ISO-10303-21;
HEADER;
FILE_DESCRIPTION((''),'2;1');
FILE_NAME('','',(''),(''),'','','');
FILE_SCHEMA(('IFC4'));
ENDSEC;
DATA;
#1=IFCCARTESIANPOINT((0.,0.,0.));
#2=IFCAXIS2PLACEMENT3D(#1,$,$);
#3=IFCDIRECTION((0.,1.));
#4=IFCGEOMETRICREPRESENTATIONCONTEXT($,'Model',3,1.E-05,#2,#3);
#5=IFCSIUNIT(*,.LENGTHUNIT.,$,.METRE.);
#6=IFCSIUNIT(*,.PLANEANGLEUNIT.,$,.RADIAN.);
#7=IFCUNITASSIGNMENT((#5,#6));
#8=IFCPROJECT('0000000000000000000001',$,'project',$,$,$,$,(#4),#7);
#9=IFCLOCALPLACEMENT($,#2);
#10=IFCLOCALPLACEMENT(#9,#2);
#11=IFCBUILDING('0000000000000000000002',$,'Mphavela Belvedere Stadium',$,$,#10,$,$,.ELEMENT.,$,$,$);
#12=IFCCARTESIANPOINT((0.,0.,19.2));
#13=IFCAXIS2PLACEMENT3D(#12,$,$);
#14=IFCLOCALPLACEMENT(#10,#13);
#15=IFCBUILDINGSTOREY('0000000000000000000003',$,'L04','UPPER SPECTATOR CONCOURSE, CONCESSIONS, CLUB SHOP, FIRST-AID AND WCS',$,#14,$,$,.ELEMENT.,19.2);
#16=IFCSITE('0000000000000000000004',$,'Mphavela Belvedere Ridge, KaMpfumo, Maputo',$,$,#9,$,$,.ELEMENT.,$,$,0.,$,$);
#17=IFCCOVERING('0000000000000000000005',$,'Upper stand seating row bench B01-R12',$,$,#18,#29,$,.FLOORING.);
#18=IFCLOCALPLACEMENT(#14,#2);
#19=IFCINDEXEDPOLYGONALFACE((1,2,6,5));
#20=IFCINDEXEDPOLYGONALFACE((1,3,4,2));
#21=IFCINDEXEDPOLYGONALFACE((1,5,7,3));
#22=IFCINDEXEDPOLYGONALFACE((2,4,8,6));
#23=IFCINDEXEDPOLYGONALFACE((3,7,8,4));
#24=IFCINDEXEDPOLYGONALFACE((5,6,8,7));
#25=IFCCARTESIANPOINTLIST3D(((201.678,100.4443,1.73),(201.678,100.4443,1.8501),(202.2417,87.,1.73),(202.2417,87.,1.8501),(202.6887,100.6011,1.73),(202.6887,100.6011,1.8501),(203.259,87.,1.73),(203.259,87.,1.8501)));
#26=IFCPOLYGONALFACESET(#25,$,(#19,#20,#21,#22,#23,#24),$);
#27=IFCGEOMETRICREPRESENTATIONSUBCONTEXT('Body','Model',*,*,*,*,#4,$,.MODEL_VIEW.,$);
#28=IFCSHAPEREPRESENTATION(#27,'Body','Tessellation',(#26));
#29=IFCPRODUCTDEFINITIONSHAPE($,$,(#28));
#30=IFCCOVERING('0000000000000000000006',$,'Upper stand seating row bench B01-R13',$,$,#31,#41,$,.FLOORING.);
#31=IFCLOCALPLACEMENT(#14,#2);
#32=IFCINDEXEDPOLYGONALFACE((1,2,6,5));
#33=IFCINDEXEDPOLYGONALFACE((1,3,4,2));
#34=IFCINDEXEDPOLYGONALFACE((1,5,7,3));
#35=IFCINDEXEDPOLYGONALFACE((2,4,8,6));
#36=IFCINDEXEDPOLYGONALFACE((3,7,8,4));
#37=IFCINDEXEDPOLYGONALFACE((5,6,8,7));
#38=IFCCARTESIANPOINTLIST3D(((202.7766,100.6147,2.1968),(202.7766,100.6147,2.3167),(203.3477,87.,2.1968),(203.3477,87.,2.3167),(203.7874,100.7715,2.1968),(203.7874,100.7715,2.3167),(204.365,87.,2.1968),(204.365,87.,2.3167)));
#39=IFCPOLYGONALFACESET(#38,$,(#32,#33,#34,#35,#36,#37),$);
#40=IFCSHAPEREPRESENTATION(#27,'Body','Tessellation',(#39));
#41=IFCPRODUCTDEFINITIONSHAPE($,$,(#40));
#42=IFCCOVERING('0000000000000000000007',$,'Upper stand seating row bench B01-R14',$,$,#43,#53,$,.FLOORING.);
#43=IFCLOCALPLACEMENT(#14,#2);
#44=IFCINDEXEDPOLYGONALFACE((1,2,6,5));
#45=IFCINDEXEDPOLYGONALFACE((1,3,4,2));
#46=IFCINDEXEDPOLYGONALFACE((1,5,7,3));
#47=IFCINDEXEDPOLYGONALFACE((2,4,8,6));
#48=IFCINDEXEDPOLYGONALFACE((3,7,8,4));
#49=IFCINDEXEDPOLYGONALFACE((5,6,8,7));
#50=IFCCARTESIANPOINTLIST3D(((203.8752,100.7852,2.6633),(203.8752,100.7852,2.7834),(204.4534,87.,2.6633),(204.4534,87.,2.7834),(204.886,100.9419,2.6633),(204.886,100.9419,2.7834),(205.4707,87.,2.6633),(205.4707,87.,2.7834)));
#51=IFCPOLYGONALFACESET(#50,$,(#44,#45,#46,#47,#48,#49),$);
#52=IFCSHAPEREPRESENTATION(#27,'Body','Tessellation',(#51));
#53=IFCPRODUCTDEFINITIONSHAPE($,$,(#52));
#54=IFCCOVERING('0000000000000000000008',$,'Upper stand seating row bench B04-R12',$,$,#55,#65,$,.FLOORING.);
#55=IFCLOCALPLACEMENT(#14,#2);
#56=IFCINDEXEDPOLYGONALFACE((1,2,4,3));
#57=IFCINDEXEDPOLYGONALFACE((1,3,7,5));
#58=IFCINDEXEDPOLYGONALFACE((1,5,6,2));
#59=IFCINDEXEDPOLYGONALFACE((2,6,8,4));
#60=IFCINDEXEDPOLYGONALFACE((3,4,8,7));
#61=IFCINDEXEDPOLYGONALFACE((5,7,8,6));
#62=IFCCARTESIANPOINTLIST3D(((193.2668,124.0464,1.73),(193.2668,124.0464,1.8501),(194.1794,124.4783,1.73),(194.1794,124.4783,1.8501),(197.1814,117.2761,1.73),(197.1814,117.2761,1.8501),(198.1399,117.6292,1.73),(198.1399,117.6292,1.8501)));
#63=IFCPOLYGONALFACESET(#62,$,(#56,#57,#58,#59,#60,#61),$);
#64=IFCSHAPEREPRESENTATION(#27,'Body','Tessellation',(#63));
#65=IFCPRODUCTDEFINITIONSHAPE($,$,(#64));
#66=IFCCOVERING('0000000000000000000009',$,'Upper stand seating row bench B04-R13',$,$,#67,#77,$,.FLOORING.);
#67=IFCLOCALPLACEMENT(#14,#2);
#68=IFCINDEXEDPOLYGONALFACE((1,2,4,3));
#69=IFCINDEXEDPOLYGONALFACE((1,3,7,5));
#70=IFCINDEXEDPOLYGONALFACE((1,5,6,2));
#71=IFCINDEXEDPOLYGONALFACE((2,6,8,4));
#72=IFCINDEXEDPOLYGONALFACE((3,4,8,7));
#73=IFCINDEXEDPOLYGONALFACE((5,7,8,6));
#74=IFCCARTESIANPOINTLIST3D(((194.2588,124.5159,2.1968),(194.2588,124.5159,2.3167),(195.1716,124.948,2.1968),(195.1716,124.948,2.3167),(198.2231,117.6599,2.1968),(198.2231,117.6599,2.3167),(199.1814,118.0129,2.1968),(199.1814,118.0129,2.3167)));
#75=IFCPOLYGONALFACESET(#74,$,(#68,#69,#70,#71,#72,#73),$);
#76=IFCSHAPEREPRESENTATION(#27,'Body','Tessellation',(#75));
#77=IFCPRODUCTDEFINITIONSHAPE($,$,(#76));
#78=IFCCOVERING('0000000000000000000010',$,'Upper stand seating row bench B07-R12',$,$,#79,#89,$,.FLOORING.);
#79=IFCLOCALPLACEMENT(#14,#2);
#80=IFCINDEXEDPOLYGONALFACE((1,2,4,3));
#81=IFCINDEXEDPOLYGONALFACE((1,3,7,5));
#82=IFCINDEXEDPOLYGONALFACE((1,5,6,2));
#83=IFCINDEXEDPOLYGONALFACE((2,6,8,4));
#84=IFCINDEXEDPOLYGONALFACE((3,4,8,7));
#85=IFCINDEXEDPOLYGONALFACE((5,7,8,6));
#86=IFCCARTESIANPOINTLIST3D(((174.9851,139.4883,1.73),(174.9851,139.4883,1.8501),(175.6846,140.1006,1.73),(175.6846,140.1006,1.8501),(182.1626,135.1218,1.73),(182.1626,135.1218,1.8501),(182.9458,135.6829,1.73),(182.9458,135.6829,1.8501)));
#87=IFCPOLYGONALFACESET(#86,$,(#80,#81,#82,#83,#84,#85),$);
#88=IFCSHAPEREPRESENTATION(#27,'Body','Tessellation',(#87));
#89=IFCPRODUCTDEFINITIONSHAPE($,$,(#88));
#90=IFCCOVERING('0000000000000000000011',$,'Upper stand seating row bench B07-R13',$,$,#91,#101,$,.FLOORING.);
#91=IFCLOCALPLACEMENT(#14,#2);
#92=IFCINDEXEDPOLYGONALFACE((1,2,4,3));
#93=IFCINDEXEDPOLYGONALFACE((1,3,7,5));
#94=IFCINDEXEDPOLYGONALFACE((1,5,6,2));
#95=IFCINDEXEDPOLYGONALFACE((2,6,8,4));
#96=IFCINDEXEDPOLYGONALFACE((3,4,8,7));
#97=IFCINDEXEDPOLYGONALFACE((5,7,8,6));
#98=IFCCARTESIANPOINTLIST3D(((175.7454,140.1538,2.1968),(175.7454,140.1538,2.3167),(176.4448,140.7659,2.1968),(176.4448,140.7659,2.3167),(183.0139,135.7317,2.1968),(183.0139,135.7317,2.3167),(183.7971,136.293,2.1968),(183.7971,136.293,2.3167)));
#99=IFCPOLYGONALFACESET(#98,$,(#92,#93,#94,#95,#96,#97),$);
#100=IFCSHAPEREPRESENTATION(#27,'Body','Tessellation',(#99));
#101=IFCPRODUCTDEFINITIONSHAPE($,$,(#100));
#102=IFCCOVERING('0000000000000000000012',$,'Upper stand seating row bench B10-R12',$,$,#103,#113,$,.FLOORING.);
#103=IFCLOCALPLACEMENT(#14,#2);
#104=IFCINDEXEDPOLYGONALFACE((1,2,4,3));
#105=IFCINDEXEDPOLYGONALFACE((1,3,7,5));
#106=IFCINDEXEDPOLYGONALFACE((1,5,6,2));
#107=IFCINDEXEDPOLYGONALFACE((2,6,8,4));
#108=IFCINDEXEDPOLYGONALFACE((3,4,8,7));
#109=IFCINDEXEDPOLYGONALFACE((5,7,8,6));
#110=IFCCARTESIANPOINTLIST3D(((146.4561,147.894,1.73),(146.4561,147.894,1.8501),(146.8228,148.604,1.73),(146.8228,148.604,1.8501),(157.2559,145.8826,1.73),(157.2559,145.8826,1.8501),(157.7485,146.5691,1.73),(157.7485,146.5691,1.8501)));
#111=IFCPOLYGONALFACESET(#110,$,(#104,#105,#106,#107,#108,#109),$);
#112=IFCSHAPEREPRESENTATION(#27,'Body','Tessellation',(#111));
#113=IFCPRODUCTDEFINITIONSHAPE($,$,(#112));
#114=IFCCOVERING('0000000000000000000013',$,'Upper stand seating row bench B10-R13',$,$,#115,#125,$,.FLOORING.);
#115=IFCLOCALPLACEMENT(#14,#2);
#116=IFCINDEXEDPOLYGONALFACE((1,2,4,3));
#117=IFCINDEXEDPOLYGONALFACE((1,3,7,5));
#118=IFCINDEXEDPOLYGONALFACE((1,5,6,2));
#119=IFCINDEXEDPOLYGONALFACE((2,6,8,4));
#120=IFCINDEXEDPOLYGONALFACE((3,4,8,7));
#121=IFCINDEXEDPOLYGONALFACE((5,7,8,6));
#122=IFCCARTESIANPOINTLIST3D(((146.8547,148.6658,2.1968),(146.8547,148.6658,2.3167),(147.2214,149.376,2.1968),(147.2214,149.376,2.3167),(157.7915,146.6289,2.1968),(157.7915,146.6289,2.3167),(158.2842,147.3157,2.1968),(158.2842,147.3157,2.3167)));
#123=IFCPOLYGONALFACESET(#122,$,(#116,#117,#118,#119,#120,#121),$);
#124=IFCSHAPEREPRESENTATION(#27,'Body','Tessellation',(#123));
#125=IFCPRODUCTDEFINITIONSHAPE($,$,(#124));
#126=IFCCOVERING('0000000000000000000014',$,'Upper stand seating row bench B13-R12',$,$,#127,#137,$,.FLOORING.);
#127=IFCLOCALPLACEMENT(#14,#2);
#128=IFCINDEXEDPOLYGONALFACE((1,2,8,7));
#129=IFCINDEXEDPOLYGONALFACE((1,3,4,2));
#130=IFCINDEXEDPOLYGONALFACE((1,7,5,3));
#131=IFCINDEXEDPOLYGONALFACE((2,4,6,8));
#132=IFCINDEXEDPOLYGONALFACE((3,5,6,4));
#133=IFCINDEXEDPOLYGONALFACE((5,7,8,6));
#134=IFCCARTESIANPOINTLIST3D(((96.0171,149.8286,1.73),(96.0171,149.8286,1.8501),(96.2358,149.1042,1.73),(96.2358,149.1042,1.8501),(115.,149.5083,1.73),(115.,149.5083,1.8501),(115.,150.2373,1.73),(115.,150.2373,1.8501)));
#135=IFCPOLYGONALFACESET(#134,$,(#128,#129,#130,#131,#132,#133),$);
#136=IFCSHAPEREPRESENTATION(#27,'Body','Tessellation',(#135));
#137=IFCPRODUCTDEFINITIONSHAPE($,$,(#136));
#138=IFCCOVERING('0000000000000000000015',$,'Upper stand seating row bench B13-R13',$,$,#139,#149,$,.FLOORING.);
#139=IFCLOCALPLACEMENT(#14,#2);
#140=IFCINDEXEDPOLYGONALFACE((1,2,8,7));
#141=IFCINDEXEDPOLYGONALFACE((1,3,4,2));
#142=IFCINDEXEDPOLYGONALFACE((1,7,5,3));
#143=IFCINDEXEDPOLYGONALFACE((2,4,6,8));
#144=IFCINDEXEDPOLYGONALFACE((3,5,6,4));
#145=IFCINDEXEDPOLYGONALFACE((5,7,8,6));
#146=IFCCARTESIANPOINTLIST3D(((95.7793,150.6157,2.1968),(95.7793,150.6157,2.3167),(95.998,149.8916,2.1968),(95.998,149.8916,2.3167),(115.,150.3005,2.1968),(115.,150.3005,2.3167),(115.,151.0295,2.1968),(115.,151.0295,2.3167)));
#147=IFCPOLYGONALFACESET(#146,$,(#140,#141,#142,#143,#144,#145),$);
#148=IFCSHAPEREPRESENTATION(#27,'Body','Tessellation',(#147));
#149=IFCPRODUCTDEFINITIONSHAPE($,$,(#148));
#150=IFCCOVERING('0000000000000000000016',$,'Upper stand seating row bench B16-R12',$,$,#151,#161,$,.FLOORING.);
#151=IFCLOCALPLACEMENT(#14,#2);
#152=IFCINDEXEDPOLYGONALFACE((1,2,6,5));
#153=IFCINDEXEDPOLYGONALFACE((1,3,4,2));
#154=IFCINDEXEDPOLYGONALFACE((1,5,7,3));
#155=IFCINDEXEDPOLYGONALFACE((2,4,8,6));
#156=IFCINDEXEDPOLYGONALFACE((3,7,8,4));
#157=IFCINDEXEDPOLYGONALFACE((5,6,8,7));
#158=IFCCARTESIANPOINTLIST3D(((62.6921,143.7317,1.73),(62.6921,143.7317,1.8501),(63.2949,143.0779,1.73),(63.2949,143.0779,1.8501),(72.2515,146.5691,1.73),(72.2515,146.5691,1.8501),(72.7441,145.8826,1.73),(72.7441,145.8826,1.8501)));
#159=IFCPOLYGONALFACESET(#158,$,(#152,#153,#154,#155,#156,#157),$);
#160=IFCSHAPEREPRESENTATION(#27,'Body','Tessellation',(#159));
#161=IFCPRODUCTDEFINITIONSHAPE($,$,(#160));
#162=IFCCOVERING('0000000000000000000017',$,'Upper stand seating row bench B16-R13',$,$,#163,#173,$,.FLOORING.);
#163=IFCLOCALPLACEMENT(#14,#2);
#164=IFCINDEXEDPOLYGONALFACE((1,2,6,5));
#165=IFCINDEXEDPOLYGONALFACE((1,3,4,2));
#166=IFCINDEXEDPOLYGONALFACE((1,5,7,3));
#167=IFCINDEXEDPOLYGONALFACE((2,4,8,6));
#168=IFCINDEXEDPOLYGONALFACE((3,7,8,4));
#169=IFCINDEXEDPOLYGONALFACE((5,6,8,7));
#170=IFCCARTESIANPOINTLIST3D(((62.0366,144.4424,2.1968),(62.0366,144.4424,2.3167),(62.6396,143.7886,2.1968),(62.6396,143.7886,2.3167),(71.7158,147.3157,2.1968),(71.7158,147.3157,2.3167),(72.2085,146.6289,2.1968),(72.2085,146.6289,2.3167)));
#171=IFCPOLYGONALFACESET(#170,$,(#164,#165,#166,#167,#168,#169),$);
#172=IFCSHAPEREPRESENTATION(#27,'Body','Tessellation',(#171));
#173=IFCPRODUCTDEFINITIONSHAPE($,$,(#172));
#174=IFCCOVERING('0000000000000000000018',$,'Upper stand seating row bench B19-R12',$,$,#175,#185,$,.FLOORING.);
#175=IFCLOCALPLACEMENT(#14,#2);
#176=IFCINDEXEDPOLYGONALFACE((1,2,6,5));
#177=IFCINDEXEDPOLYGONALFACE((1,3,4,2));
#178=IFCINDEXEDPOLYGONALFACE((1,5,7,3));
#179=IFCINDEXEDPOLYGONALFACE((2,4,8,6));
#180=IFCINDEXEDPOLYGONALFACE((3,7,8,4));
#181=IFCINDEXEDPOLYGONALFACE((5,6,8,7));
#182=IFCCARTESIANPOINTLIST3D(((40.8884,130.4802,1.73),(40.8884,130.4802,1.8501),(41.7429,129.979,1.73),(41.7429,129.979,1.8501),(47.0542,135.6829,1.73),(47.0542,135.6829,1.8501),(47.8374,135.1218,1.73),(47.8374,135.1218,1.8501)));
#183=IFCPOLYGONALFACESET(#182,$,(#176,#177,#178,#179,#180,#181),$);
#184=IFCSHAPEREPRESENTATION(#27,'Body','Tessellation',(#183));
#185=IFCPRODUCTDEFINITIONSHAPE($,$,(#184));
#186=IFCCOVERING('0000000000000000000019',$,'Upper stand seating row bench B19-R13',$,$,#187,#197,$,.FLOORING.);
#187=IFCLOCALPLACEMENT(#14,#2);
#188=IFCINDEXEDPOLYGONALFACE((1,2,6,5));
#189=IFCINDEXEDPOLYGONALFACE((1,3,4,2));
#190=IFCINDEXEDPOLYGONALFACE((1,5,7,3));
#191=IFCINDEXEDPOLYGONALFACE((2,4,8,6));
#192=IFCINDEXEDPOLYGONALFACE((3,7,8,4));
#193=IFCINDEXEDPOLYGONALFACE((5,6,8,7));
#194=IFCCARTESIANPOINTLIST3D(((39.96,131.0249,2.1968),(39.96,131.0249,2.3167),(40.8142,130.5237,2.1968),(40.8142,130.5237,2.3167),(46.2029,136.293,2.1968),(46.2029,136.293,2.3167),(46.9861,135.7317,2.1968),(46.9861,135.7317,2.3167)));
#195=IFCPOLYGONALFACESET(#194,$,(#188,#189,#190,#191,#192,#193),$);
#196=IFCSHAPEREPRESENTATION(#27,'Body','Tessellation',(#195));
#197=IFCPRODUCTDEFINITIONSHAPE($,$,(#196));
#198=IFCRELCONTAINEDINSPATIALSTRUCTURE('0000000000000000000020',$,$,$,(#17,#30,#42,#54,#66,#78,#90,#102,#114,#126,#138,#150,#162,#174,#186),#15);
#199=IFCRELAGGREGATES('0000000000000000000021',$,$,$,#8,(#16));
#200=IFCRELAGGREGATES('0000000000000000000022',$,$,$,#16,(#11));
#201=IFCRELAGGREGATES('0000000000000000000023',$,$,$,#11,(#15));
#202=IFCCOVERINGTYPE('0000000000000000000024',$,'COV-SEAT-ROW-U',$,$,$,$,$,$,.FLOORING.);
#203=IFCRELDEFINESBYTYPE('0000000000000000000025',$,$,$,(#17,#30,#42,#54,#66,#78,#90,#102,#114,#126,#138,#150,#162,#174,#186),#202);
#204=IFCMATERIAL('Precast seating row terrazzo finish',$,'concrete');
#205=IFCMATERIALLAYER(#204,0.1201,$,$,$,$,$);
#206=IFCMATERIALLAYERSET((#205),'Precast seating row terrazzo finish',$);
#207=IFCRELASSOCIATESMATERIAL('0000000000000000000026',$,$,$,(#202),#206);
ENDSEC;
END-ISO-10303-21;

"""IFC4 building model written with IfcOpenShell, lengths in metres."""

from ifc_helpers import new_model, si_unit, direction, frame, origin, place, context, subcontext, project, spatial, polyline, outline, extrude, material, layer, layer_set, type_object, element, save


model = new_model("IFC4")

# Units and contexts
model_context = context("Model", 3, precision=1e-05, world=origin(), true_north=direction((0.0, 1.0)))
body_context = subcontext(model_context, "Body", "Model", "MODEL_VIEW")
ifc_project = project(units=[si_unit("LENGTHUNIT", "METRE"), si_unit("PLANEANGLEUNIT", "RADIAN")], contexts=[model_context])

# Site, building, storey
site_placement = place(None, origin())
site = spatial("IfcSite", under=ifc_project, at=site_placement, Name="Mphavela Belvedere Ridge, KaMpfumo, Maputo", CompositionType="ELEMENT", RefElevation=0.0)
building_placement = place(site_placement, origin())
building = spatial("IfcBuilding", under=site, at=building_placement, Name="Mphavela Belvedere Stadium", CompositionType="ELEMENT")
storey_placement = place(building_placement, frame((0.0, 0.0, 19.2)))
storey = spatial("IfcBuildingStorey", under=building, at=storey_placement, Name="L04", Description="UPPER SPECTATOR CONCOURSE, CONCESSIONS, CLUB SHOP, FIRST-AID AND WCS", CompositionType="ELEMENT", Elevation=19.2)

# Coverings
ifc_material = material(Name="Precast seating row terrazzo finish", Category="concrete")
ifc_layer = layer(ifc_material, 0.1201)
ifc_layer_set = layer_set([ifc_layer], Name="Precast seating row terrazzo finish")
covering_type = type_object("IfcCoveringType", Name="COV-SEAT-ROW-U", PredefinedType="FLOORING", material=ifc_layer_set)
covering_1_placement = place(storey_placement, frame((0.0, 0.0, 1.73)))
element("IfcCovering", 1, at=covering_1_placement, inside=storey, type_object=covering_type, Name="Upper stand seating row bench B01-R12", PredefinedType="FLOORING", context=body_context, shape_type="SweptSolid", body=[
    extrude(outline(polyline([(202.2417, 87.0), (201.678, 100.4443), (202.6887, 100.6011), (203.259, 87.0), (202.2417, 87.0)])), origin(), (0.0, 0.0, 1.0), 0.1201),
])
covering_2_placement = place(storey_placement, frame((0.0, 0.0, 2.1968)))
element("IfcCovering", 2, at=covering_2_placement, inside=storey, type_object=covering_type, Name="Upper stand seating row bench B01-R13", PredefinedType="FLOORING", context=body_context, shape_type="SweptSolid", body=[
    extrude(outline(polyline([(203.3477, 87.0), (202.7766, 100.6147), (203.7874, 100.7715), (204.365, 87.0), (203.3477, 87.0)])), origin(), (0.0, 0.0, 1.0), 0.1199),
])
covering_3_placement = place(storey_placement, frame((0.0, 0.0, 2.6633)))
element("IfcCovering", 3, at=covering_3_placement, inside=storey, type_object=covering_type, Name="Upper stand seating row bench B01-R14", PredefinedType="FLOORING", context=body_context, shape_type="SweptSolid", body=[
    extrude(outline(polyline([(204.4534, 87.0), (203.8752, 100.7852), (204.886, 100.9419), (205.4707, 87.0), (204.4534, 87.0)])), origin(), (0.0, 0.0, 1.0), 0.1201),
])
covering_4_placement = place(storey_placement, frame((0.0, 0.0, 1.73)))
element("IfcCovering", 4, at=covering_4_placement, inside=storey, type_object=covering_type, Name="Upper stand seating row bench B04-R12", PredefinedType="FLOORING", context=body_context, shape_type="SweptSolid", body=[
    extrude(outline(polyline([(197.1814, 117.2761), (193.2668, 124.0464), (194.1794, 124.4783), (198.1399, 117.6292), (197.1814, 117.2761)])), origin(), (0.0, 0.0, 1.0), 0.1201),
])
covering_5_placement = place(storey_placement, frame((0.0, 0.0, 2.1968)))
element("IfcCovering", 5, at=covering_5_placement, inside=storey, type_object=covering_type, Name="Upper stand seating row bench B04-R13", PredefinedType="FLOORING", context=body_context, shape_type="SweptSolid", body=[
    extrude(outline(polyline([(198.2231, 117.6599), (194.2588, 124.5159), (195.1716, 124.948), (199.1814, 118.0129), (198.2231, 117.6599)])), origin(), (0.0, 0.0, 1.0), 0.1199),
])
covering_6_placement = place(storey_placement, frame((0.0, 0.0, 1.73)))
element("IfcCovering", 6, at=covering_6_placement, inside=storey, type_object=covering_type, Name="Upper stand seating row bench B07-R12", PredefinedType="FLOORING", context=body_context, shape_type="SweptSolid", body=[
    extrude(outline(polyline([(182.1626, 135.1218), (174.9851, 139.4883), (175.6846, 140.1006), (182.9458, 135.6829), (182.1626, 135.1218)])), origin(), (0.0, 0.0, 1.0), 0.1201),
])
covering_7_placement = place(storey_placement, frame((0.0, 0.0, 2.1968)))
element("IfcCovering", 7, at=covering_7_placement, inside=storey, type_object=covering_type, Name="Upper stand seating row bench B07-R13", PredefinedType="FLOORING", context=body_context, shape_type="SweptSolid", body=[
    extrude(outline(polyline([(183.0139, 135.7317), (175.7454, 140.1538), (176.4448, 140.7659), (183.7971, 136.293), (183.0139, 135.7317)])), origin(), (0.0, 0.0, 1.0), 0.1199),
])
covering_8_placement = place(storey_placement, frame((0.0, 0.0, 1.73)))
element("IfcCovering", 8, at=covering_8_placement, inside=storey, type_object=covering_type, Name="Upper stand seating row bench B10-R12", PredefinedType="FLOORING", context=body_context, shape_type="SweptSolid", body=[
    extrude(outline(polyline([(157.2559, 145.8826), (146.4561, 147.894), (146.8228, 148.604), (157.7485, 146.5691), (157.2559, 145.8826)])), origin(), (0.0, 0.0, 1.0), 0.1201),
])
covering_9_placement = place(storey_placement, frame((0.0, 0.0, 2.1968)))
element("IfcCovering", 9, at=covering_9_placement, inside=storey, type_object=covering_type, Name="Upper stand seating row bench B10-R13", PredefinedType="FLOORING", context=body_context, shape_type="SweptSolid", body=[
    extrude(outline(polyline([(157.7915, 146.6289), (146.8547, 148.6658), (147.2214, 149.376), (158.2842, 147.3157), (157.7915, 146.6289)])), origin(), (0.0, 0.0, 1.0), 0.1199),
])
covering_10_placement = place(storey_placement, frame((0.0, 0.0, 1.73)))
element("IfcCovering", 10, at=covering_10_placement, inside=storey, type_object=covering_type, Name="Upper stand seating row bench B13-R12", PredefinedType="FLOORING", context=body_context, shape_type="SweptSolid", body=[
    extrude(outline(polyline([(115.0, 149.5083), (96.2358, 149.1042), (96.0171, 149.8286), (115.0, 150.2373), (115.0, 149.5083)])), origin(), (0.0, 0.0, 1.0), 0.1201),
])
covering_11_placement = place(storey_placement, frame((0.0, 0.0, 2.1968)))
element("IfcCovering", 11, at=covering_11_placement, inside=storey, type_object=covering_type, Name="Upper stand seating row bench B13-R13", PredefinedType="FLOORING", context=body_context, shape_type="SweptSolid", body=[
    extrude(outline(polyline([(115.0, 150.3005), (95.998, 149.8916), (95.7793, 150.6157), (115.0, 151.0295), (115.0, 150.3005)])), origin(), (0.0, 0.0, 1.0), 0.1199),
])
covering_12_placement = place(storey_placement, frame((0.0, 0.0, 1.73)))
element("IfcCovering", 12, at=covering_12_placement, inside=storey, type_object=covering_type, Name="Upper stand seating row bench B16-R12", PredefinedType="FLOORING", context=body_context, shape_type="SweptSolid", body=[
    extrude(outline(polyline([(72.7441, 145.8826), (63.2949, 143.0779), (62.6921, 143.7317), (72.2515, 146.5691), (72.7441, 145.8826)])), origin(), (0.0, 0.0, 1.0), 0.1201),
])
covering_13_placement = place(storey_placement, frame((0.0, 0.0, 2.1968)))
element("IfcCovering", 13, at=covering_13_placement, inside=storey, type_object=covering_type, Name="Upper stand seating row bench B16-R13", PredefinedType="FLOORING", context=body_context, shape_type="SweptSolid", body=[
    extrude(outline(polyline([(72.2085, 146.6289), (62.6396, 143.7886), (62.0366, 144.4424), (71.7158, 147.3157), (72.2085, 146.6289)])), origin(), (0.0, 0.0, 1.0), 0.1199),
])
covering_14_placement = place(storey_placement, frame((0.0, 0.0, 1.73)))
element("IfcCovering", 14, at=covering_14_placement, inside=storey, type_object=covering_type, Name="Upper stand seating row bench B19-R12", PredefinedType="FLOORING", context=body_context, shape_type="SweptSolid", body=[
    extrude(outline(polyline([(47.8374, 135.1218), (41.7429, 129.979), (40.8884, 130.4802), (47.0542, 135.6829), (47.8374, 135.1218)])), origin(), (0.0, 0.0, 1.0), 0.1201),
])
covering_15_placement = place(storey_placement, frame((0.0, 0.0, 2.1968)))
element("IfcCovering", 15, at=covering_15_placement, inside=storey, type_object=covering_type, Name="Upper stand seating row bench B19-R13", PredefinedType="FLOORING", context=body_context, shape_type="SweptSolid", body=[
    extrude(outline(polyline([(46.9861, 135.7317), (40.8142, 130.5237), (39.96, 131.0249), (46.2029, 136.293), (46.9861, 135.7317)])), origin(), (0.0, 0.0, 1.0), 0.1199),
])

save(model, "model.ifc")
